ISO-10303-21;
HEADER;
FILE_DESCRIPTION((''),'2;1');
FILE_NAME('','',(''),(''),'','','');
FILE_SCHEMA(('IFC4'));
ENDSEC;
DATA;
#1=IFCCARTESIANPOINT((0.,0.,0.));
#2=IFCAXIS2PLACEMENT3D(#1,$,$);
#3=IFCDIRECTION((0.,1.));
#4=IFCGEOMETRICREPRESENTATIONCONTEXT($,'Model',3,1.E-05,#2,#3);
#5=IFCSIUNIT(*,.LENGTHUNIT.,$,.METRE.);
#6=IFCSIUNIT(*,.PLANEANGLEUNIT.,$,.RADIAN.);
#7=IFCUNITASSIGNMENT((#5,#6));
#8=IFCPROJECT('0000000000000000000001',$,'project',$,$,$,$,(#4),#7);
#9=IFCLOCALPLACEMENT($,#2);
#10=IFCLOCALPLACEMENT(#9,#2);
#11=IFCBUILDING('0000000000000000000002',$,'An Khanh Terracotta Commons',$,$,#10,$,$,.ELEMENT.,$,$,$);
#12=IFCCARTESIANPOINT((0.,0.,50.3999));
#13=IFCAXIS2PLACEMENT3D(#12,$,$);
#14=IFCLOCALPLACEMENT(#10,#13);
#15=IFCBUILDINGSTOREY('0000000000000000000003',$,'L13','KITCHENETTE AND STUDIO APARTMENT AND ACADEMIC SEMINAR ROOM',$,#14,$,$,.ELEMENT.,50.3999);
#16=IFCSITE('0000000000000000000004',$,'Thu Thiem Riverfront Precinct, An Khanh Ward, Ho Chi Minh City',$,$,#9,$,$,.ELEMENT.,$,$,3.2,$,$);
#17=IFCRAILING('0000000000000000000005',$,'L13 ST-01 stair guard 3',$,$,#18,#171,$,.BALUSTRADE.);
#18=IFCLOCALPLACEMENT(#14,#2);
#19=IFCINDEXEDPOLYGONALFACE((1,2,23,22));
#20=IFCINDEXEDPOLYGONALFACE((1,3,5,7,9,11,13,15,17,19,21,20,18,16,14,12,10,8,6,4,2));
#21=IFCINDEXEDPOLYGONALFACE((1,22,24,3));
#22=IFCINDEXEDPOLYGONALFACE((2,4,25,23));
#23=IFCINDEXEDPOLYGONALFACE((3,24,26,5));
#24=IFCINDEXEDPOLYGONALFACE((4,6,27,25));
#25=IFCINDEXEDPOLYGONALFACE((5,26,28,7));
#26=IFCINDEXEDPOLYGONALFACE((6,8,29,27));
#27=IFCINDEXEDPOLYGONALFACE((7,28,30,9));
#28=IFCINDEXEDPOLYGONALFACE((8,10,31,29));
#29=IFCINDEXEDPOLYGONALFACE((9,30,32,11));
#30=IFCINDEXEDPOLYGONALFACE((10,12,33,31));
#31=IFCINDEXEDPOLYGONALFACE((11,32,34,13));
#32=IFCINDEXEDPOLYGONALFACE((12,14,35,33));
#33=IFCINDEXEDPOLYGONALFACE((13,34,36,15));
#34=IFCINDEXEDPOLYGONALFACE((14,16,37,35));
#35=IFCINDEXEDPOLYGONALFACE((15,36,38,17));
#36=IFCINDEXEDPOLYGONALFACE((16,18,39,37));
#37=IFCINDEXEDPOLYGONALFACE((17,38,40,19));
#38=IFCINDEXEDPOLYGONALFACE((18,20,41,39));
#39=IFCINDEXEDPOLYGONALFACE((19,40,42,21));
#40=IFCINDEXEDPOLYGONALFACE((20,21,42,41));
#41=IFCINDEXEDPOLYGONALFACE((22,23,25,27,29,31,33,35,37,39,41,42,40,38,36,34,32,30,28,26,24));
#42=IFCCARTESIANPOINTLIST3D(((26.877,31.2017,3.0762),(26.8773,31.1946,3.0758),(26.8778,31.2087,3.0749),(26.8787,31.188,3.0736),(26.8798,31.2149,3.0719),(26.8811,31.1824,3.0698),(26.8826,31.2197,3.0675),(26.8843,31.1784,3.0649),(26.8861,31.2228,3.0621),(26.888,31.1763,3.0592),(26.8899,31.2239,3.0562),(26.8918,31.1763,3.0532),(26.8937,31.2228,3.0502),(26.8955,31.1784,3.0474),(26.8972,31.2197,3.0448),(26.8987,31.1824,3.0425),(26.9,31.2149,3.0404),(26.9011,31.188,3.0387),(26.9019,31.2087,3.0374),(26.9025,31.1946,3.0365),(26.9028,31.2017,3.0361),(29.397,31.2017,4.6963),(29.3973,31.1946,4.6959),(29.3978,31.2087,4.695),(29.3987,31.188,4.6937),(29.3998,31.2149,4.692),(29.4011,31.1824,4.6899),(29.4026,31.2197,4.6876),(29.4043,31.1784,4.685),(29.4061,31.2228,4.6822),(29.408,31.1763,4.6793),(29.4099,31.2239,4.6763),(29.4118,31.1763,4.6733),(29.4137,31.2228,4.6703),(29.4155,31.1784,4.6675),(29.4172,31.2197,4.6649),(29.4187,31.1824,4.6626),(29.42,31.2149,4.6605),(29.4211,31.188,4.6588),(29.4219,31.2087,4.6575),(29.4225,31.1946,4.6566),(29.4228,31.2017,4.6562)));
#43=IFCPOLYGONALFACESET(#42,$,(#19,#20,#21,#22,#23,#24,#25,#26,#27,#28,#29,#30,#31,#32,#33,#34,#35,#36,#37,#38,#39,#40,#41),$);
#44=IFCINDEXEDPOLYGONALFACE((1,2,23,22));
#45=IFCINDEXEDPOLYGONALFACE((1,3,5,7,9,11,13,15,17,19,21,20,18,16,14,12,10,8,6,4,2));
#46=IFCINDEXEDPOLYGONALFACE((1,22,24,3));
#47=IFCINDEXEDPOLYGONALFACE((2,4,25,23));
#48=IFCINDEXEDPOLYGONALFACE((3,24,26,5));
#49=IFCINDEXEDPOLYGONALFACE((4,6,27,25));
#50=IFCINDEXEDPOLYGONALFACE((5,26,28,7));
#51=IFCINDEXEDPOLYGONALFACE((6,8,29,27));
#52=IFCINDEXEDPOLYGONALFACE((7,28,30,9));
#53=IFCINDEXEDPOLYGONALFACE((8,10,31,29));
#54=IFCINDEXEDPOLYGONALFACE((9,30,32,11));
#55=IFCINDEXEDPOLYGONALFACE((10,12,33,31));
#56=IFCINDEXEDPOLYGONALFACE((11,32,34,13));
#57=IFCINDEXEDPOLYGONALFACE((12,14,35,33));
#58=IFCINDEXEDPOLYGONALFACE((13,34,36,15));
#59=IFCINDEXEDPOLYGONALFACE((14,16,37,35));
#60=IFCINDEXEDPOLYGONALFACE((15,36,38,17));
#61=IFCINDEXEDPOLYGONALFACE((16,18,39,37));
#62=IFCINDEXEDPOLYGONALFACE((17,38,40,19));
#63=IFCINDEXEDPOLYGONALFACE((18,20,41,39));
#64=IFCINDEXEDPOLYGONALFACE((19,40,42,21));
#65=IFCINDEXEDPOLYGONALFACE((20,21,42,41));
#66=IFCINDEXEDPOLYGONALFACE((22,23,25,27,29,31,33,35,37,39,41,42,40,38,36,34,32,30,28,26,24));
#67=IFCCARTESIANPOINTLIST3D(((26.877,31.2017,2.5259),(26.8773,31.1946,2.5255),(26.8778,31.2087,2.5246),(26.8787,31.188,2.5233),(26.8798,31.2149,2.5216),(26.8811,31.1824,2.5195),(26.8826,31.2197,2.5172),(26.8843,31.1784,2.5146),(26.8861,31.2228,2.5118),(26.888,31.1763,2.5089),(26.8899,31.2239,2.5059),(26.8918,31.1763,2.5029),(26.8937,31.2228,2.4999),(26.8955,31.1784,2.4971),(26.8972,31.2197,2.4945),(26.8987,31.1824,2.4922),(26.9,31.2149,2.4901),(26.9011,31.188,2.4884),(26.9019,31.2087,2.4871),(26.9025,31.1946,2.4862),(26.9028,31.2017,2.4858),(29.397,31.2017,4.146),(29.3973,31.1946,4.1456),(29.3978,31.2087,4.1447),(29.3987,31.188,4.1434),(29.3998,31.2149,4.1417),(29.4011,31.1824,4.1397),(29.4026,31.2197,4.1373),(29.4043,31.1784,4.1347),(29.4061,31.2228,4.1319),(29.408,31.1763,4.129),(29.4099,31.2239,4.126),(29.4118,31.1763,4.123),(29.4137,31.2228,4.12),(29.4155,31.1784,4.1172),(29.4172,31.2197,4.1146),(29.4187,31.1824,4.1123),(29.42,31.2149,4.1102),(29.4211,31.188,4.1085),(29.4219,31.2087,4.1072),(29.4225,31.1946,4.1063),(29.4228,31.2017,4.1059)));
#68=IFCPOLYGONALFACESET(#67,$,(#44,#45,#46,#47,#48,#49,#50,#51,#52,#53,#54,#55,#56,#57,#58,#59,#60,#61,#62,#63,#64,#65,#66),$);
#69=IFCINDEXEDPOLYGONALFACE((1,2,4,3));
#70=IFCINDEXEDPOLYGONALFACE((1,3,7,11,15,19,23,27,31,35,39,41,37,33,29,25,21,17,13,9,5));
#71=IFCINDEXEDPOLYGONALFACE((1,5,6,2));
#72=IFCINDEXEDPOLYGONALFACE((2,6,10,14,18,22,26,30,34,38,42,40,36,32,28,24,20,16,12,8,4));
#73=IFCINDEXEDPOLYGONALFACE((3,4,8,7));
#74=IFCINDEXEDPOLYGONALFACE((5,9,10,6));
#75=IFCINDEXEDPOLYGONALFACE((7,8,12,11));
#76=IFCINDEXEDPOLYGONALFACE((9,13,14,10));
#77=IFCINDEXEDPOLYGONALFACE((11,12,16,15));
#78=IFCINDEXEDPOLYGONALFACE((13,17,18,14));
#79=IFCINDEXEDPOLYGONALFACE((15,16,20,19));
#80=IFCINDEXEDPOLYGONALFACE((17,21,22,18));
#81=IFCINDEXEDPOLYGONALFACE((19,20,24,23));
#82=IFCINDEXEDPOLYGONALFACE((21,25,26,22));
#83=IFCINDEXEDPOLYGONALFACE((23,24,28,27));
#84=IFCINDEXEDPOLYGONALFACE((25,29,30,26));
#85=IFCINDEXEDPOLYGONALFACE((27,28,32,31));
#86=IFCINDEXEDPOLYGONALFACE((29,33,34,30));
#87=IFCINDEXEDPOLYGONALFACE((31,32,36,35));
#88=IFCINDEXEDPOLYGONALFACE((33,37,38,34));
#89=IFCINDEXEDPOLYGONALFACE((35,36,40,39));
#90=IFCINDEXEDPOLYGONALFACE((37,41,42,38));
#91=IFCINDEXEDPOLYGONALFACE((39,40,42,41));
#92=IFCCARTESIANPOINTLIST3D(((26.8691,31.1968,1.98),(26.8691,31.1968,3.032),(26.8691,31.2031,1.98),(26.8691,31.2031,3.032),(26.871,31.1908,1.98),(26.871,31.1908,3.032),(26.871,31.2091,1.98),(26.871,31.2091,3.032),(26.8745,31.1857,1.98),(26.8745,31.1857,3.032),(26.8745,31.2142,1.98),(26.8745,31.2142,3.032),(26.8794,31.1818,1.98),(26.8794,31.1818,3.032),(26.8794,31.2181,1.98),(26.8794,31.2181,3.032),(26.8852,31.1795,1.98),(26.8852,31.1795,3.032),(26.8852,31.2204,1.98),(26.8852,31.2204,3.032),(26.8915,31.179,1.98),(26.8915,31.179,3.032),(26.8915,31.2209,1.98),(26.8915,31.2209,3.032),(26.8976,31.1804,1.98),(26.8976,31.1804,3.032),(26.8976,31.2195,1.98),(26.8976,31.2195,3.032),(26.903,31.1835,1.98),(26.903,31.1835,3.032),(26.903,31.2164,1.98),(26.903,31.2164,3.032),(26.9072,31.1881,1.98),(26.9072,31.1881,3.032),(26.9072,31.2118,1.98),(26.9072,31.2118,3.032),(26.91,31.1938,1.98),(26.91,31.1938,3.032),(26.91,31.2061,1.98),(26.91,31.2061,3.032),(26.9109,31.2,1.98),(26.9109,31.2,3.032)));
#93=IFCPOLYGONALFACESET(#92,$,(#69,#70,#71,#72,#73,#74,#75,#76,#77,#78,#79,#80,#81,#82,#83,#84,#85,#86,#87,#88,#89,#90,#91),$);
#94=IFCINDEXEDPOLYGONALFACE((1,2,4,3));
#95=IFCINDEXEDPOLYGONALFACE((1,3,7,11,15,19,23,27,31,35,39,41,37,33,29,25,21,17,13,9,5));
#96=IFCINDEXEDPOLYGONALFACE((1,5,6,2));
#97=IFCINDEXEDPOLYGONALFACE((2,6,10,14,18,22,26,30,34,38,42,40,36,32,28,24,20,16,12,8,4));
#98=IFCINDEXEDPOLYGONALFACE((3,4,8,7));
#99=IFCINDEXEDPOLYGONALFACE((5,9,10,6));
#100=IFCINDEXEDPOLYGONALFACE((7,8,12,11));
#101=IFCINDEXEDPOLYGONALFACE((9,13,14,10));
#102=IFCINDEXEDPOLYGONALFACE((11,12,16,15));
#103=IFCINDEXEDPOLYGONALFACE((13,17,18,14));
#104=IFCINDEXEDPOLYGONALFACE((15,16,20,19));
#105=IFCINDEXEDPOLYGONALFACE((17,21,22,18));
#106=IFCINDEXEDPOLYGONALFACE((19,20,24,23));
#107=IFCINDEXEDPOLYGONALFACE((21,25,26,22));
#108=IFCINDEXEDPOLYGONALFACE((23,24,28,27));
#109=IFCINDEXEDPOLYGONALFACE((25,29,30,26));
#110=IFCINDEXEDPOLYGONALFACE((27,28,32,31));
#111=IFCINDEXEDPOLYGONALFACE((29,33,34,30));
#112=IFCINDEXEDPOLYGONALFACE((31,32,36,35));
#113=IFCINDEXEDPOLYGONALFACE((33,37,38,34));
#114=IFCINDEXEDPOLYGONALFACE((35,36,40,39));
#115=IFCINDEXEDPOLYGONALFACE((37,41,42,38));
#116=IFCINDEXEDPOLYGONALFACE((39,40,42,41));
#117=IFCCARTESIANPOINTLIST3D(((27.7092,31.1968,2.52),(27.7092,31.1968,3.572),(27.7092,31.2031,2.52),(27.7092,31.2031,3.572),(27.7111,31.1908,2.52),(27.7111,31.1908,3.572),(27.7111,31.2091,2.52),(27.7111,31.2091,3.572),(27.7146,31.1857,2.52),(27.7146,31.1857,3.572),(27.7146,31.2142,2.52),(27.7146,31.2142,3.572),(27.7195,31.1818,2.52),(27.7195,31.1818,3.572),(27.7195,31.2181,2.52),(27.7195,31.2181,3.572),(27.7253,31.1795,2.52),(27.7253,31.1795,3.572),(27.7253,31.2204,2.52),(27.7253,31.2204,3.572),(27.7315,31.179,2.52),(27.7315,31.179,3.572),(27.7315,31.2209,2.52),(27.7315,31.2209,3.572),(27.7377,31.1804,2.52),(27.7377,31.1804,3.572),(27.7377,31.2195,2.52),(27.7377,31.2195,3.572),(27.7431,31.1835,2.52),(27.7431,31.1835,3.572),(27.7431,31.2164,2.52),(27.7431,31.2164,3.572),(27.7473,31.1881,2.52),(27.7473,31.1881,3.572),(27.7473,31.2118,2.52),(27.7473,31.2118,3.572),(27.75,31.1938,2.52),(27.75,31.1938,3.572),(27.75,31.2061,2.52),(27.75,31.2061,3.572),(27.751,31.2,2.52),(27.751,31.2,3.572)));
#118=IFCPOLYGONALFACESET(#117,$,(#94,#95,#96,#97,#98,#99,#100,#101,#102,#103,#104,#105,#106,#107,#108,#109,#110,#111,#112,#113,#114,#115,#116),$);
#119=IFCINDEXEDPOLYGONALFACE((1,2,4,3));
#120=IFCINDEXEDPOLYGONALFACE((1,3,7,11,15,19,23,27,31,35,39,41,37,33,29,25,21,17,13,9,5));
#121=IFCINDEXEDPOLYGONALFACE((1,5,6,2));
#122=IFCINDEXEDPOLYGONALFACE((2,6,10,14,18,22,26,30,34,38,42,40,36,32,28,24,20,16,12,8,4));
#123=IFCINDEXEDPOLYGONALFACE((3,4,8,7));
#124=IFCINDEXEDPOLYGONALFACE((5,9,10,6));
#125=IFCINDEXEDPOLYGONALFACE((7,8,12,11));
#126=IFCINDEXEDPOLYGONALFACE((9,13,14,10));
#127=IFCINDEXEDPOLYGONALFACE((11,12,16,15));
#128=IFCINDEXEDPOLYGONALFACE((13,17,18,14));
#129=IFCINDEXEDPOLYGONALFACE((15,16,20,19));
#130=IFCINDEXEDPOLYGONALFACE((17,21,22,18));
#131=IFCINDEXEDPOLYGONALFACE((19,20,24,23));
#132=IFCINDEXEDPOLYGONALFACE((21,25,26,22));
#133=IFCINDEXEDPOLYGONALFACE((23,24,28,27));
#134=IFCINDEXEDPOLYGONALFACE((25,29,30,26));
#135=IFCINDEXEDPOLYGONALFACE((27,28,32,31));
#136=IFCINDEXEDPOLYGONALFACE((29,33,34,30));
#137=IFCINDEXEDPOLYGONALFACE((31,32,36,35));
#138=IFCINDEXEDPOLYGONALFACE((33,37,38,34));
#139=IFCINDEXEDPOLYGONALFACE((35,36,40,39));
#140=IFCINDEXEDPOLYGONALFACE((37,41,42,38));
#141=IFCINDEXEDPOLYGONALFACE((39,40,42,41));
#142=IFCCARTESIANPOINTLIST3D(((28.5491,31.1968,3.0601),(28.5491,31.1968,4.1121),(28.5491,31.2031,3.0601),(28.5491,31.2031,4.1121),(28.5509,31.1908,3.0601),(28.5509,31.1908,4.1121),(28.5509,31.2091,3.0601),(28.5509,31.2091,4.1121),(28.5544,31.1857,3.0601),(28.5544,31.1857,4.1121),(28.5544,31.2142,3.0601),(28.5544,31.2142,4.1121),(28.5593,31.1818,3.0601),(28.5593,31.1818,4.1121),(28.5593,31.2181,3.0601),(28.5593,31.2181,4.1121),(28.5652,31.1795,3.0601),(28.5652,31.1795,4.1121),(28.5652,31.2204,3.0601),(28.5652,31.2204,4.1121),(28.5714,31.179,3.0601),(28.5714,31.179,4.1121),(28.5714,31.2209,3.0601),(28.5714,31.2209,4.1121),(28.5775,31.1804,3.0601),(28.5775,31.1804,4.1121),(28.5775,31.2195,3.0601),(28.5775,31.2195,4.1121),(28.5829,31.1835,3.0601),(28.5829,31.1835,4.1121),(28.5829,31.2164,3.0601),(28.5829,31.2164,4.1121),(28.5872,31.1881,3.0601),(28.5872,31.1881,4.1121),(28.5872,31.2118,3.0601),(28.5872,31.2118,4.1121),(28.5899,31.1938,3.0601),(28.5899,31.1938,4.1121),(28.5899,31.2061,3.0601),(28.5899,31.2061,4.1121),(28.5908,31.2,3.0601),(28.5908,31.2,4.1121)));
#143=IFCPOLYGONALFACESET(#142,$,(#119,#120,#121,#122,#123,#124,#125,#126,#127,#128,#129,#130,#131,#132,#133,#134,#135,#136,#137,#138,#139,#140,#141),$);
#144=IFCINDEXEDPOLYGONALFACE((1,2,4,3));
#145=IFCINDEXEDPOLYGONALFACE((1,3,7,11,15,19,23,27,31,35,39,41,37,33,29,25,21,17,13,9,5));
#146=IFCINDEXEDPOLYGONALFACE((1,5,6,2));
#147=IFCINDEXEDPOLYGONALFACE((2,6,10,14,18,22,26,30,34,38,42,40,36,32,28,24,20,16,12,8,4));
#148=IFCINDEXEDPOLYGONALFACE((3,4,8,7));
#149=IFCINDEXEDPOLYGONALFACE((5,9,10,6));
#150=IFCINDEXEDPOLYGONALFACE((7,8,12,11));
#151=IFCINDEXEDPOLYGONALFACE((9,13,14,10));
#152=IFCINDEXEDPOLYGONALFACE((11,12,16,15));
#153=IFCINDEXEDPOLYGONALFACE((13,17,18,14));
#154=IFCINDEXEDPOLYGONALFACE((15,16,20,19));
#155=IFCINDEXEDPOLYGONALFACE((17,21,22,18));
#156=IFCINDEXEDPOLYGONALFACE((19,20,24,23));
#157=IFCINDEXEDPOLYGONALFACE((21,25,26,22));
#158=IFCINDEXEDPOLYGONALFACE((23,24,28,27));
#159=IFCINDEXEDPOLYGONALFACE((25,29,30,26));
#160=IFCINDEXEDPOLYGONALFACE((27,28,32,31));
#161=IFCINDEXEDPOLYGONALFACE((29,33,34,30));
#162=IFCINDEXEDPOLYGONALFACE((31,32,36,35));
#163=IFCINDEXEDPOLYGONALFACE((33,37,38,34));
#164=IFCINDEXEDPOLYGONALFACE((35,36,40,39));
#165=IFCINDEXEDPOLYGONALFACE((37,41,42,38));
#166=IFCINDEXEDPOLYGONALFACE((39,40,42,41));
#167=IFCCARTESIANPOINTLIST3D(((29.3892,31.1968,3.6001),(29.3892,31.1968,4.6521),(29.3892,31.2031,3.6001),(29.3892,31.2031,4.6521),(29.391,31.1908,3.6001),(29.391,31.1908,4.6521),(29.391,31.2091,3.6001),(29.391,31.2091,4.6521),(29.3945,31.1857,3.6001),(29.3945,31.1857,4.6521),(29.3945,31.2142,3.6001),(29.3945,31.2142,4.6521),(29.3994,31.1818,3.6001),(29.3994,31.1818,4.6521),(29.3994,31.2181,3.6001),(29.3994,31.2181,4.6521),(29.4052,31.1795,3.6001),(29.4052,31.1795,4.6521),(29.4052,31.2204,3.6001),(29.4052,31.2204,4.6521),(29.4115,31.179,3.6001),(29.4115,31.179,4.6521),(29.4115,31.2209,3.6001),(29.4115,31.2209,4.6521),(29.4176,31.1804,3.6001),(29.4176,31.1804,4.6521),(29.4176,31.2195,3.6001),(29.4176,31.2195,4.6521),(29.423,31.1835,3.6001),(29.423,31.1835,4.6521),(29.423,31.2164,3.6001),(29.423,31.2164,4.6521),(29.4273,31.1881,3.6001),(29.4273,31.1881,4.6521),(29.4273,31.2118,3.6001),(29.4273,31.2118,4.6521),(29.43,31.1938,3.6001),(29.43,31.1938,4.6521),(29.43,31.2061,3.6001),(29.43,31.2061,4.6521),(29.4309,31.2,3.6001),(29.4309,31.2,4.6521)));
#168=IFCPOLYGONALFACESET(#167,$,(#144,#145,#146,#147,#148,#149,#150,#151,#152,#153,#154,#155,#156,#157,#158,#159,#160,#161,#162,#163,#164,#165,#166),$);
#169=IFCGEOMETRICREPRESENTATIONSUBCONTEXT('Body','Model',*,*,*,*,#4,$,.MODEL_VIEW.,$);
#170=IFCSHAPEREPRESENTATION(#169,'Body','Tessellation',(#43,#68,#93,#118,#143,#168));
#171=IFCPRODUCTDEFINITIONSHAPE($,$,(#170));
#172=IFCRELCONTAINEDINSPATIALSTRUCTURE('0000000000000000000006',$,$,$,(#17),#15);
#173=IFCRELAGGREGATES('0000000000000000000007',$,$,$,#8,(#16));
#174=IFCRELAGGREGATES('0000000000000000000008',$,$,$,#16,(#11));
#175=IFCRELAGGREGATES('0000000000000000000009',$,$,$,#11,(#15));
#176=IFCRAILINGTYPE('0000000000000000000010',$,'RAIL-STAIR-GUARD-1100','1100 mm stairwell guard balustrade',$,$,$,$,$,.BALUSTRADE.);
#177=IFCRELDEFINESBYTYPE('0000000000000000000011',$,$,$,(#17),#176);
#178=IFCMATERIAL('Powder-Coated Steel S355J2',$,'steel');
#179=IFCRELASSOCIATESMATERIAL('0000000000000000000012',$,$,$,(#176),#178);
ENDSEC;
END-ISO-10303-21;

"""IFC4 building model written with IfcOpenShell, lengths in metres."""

from ifc_helpers import new_model, si_unit, direction, frame, origin, origin_2d, place, context, subcontext, project, spatial, circle, extrude, material, type_object, element, save


model = new_model("IFC4")

# Units and contexts
model_context = context("Model", 3, precision=1e-05, world=origin(), true_north=direction((0.0, 1.0)))
body_context = subcontext(model_context, "Body", "Model", "MODEL_VIEW")
ifc_project = project(units=[si_unit("LENGTHUNIT", "METRE"), si_unit("PLANEANGLEUNIT", "RADIAN")], contexts=[model_context])

# Site, building, storey
site_placement = place(None, origin())
site = spatial("IfcSite", under=ifc_project, at=site_placement, Name="Thu Thiem Riverfront Precinct, An Khanh Ward, Ho Chi Minh City", CompositionType="ELEMENT", RefElevation=3.2)
building_placement = place(site_placement, origin())
building = spatial("IfcBuilding", under=site, at=building_placement, Name="An Khanh Terracotta Commons", CompositionType="ELEMENT")
storey_placement = place(building_placement, frame((0.0, 0.0, 50.3999)))
storey = spatial("IfcBuildingStorey", under=building, at=storey_placement, Name="L13", Description="KITCHENETTE AND STUDIO APARTMENT AND ACADEMIC SEMINAR ROOM", CompositionType="ELEMENT", Elevation=50.3999)

# Railing
ifc_material_1 = material(Name="Powder-Coated Steel S355J2", Category="steel")
railing_type_1 = type_object("IfcRailingType", Name="RAIL-STAIR-GUARD-1100", Description="1100 mm stairwell guard balustrade", PredefinedType="BALUSTRADE", material=ifc_material_1)
railing_1_placement = place(storey_placement, frame((26.8899, 31.2, 1.98)))
element("IfcRailing", 1, at=railing_1_placement, inside=storey, type_object=railing_type_1, Name="L13 ST-01 stair guard 3", PredefinedType="BALUSTRADE", context=body_context, shape_type="SweptSolid", body=[
    extrude(circle(Radius=0.0239, at=origin_2d()), frame((0.0, 0.0, 1.0762), z_axis=(0.841163, 0.0, 0.540782), x_axis=(0.0, 1.0, 0.0)), (0.0, 0.0, 1.0), 2.9958),
    extrude(circle(Radius=0.0239, at=origin_2d()), frame((0.0, 0.0, 0.5259), z_axis=(0.841163, 0.0, 0.540782), x_axis=(0.0, 1.0, 0.0)), (0.0, 0.0, 1.0), 2.9958),
    extrude(circle(Radius=0.021, at=origin_2d()), origin(), (0.0, 0.0, 1.0), 1.052),
    extrude(circle(Radius=0.021, at=origin_2d()), frame((0.8401, 0.0, 0.54)), (0.0, 0.0, 1.0), 1.052),
    extrude(circle(Radius=0.021, at=origin_2d()), frame((1.6799, 0.0, 1.0801)), (0.0, 0.0, 1.0), 1.052),
    extrude(circle(Radius=0.021, at=origin_2d()), frame((2.52, 0.0, 1.6201)), (0.0, 0.0, 1.0), 1.052),
])

save(model, "model.ifc")
